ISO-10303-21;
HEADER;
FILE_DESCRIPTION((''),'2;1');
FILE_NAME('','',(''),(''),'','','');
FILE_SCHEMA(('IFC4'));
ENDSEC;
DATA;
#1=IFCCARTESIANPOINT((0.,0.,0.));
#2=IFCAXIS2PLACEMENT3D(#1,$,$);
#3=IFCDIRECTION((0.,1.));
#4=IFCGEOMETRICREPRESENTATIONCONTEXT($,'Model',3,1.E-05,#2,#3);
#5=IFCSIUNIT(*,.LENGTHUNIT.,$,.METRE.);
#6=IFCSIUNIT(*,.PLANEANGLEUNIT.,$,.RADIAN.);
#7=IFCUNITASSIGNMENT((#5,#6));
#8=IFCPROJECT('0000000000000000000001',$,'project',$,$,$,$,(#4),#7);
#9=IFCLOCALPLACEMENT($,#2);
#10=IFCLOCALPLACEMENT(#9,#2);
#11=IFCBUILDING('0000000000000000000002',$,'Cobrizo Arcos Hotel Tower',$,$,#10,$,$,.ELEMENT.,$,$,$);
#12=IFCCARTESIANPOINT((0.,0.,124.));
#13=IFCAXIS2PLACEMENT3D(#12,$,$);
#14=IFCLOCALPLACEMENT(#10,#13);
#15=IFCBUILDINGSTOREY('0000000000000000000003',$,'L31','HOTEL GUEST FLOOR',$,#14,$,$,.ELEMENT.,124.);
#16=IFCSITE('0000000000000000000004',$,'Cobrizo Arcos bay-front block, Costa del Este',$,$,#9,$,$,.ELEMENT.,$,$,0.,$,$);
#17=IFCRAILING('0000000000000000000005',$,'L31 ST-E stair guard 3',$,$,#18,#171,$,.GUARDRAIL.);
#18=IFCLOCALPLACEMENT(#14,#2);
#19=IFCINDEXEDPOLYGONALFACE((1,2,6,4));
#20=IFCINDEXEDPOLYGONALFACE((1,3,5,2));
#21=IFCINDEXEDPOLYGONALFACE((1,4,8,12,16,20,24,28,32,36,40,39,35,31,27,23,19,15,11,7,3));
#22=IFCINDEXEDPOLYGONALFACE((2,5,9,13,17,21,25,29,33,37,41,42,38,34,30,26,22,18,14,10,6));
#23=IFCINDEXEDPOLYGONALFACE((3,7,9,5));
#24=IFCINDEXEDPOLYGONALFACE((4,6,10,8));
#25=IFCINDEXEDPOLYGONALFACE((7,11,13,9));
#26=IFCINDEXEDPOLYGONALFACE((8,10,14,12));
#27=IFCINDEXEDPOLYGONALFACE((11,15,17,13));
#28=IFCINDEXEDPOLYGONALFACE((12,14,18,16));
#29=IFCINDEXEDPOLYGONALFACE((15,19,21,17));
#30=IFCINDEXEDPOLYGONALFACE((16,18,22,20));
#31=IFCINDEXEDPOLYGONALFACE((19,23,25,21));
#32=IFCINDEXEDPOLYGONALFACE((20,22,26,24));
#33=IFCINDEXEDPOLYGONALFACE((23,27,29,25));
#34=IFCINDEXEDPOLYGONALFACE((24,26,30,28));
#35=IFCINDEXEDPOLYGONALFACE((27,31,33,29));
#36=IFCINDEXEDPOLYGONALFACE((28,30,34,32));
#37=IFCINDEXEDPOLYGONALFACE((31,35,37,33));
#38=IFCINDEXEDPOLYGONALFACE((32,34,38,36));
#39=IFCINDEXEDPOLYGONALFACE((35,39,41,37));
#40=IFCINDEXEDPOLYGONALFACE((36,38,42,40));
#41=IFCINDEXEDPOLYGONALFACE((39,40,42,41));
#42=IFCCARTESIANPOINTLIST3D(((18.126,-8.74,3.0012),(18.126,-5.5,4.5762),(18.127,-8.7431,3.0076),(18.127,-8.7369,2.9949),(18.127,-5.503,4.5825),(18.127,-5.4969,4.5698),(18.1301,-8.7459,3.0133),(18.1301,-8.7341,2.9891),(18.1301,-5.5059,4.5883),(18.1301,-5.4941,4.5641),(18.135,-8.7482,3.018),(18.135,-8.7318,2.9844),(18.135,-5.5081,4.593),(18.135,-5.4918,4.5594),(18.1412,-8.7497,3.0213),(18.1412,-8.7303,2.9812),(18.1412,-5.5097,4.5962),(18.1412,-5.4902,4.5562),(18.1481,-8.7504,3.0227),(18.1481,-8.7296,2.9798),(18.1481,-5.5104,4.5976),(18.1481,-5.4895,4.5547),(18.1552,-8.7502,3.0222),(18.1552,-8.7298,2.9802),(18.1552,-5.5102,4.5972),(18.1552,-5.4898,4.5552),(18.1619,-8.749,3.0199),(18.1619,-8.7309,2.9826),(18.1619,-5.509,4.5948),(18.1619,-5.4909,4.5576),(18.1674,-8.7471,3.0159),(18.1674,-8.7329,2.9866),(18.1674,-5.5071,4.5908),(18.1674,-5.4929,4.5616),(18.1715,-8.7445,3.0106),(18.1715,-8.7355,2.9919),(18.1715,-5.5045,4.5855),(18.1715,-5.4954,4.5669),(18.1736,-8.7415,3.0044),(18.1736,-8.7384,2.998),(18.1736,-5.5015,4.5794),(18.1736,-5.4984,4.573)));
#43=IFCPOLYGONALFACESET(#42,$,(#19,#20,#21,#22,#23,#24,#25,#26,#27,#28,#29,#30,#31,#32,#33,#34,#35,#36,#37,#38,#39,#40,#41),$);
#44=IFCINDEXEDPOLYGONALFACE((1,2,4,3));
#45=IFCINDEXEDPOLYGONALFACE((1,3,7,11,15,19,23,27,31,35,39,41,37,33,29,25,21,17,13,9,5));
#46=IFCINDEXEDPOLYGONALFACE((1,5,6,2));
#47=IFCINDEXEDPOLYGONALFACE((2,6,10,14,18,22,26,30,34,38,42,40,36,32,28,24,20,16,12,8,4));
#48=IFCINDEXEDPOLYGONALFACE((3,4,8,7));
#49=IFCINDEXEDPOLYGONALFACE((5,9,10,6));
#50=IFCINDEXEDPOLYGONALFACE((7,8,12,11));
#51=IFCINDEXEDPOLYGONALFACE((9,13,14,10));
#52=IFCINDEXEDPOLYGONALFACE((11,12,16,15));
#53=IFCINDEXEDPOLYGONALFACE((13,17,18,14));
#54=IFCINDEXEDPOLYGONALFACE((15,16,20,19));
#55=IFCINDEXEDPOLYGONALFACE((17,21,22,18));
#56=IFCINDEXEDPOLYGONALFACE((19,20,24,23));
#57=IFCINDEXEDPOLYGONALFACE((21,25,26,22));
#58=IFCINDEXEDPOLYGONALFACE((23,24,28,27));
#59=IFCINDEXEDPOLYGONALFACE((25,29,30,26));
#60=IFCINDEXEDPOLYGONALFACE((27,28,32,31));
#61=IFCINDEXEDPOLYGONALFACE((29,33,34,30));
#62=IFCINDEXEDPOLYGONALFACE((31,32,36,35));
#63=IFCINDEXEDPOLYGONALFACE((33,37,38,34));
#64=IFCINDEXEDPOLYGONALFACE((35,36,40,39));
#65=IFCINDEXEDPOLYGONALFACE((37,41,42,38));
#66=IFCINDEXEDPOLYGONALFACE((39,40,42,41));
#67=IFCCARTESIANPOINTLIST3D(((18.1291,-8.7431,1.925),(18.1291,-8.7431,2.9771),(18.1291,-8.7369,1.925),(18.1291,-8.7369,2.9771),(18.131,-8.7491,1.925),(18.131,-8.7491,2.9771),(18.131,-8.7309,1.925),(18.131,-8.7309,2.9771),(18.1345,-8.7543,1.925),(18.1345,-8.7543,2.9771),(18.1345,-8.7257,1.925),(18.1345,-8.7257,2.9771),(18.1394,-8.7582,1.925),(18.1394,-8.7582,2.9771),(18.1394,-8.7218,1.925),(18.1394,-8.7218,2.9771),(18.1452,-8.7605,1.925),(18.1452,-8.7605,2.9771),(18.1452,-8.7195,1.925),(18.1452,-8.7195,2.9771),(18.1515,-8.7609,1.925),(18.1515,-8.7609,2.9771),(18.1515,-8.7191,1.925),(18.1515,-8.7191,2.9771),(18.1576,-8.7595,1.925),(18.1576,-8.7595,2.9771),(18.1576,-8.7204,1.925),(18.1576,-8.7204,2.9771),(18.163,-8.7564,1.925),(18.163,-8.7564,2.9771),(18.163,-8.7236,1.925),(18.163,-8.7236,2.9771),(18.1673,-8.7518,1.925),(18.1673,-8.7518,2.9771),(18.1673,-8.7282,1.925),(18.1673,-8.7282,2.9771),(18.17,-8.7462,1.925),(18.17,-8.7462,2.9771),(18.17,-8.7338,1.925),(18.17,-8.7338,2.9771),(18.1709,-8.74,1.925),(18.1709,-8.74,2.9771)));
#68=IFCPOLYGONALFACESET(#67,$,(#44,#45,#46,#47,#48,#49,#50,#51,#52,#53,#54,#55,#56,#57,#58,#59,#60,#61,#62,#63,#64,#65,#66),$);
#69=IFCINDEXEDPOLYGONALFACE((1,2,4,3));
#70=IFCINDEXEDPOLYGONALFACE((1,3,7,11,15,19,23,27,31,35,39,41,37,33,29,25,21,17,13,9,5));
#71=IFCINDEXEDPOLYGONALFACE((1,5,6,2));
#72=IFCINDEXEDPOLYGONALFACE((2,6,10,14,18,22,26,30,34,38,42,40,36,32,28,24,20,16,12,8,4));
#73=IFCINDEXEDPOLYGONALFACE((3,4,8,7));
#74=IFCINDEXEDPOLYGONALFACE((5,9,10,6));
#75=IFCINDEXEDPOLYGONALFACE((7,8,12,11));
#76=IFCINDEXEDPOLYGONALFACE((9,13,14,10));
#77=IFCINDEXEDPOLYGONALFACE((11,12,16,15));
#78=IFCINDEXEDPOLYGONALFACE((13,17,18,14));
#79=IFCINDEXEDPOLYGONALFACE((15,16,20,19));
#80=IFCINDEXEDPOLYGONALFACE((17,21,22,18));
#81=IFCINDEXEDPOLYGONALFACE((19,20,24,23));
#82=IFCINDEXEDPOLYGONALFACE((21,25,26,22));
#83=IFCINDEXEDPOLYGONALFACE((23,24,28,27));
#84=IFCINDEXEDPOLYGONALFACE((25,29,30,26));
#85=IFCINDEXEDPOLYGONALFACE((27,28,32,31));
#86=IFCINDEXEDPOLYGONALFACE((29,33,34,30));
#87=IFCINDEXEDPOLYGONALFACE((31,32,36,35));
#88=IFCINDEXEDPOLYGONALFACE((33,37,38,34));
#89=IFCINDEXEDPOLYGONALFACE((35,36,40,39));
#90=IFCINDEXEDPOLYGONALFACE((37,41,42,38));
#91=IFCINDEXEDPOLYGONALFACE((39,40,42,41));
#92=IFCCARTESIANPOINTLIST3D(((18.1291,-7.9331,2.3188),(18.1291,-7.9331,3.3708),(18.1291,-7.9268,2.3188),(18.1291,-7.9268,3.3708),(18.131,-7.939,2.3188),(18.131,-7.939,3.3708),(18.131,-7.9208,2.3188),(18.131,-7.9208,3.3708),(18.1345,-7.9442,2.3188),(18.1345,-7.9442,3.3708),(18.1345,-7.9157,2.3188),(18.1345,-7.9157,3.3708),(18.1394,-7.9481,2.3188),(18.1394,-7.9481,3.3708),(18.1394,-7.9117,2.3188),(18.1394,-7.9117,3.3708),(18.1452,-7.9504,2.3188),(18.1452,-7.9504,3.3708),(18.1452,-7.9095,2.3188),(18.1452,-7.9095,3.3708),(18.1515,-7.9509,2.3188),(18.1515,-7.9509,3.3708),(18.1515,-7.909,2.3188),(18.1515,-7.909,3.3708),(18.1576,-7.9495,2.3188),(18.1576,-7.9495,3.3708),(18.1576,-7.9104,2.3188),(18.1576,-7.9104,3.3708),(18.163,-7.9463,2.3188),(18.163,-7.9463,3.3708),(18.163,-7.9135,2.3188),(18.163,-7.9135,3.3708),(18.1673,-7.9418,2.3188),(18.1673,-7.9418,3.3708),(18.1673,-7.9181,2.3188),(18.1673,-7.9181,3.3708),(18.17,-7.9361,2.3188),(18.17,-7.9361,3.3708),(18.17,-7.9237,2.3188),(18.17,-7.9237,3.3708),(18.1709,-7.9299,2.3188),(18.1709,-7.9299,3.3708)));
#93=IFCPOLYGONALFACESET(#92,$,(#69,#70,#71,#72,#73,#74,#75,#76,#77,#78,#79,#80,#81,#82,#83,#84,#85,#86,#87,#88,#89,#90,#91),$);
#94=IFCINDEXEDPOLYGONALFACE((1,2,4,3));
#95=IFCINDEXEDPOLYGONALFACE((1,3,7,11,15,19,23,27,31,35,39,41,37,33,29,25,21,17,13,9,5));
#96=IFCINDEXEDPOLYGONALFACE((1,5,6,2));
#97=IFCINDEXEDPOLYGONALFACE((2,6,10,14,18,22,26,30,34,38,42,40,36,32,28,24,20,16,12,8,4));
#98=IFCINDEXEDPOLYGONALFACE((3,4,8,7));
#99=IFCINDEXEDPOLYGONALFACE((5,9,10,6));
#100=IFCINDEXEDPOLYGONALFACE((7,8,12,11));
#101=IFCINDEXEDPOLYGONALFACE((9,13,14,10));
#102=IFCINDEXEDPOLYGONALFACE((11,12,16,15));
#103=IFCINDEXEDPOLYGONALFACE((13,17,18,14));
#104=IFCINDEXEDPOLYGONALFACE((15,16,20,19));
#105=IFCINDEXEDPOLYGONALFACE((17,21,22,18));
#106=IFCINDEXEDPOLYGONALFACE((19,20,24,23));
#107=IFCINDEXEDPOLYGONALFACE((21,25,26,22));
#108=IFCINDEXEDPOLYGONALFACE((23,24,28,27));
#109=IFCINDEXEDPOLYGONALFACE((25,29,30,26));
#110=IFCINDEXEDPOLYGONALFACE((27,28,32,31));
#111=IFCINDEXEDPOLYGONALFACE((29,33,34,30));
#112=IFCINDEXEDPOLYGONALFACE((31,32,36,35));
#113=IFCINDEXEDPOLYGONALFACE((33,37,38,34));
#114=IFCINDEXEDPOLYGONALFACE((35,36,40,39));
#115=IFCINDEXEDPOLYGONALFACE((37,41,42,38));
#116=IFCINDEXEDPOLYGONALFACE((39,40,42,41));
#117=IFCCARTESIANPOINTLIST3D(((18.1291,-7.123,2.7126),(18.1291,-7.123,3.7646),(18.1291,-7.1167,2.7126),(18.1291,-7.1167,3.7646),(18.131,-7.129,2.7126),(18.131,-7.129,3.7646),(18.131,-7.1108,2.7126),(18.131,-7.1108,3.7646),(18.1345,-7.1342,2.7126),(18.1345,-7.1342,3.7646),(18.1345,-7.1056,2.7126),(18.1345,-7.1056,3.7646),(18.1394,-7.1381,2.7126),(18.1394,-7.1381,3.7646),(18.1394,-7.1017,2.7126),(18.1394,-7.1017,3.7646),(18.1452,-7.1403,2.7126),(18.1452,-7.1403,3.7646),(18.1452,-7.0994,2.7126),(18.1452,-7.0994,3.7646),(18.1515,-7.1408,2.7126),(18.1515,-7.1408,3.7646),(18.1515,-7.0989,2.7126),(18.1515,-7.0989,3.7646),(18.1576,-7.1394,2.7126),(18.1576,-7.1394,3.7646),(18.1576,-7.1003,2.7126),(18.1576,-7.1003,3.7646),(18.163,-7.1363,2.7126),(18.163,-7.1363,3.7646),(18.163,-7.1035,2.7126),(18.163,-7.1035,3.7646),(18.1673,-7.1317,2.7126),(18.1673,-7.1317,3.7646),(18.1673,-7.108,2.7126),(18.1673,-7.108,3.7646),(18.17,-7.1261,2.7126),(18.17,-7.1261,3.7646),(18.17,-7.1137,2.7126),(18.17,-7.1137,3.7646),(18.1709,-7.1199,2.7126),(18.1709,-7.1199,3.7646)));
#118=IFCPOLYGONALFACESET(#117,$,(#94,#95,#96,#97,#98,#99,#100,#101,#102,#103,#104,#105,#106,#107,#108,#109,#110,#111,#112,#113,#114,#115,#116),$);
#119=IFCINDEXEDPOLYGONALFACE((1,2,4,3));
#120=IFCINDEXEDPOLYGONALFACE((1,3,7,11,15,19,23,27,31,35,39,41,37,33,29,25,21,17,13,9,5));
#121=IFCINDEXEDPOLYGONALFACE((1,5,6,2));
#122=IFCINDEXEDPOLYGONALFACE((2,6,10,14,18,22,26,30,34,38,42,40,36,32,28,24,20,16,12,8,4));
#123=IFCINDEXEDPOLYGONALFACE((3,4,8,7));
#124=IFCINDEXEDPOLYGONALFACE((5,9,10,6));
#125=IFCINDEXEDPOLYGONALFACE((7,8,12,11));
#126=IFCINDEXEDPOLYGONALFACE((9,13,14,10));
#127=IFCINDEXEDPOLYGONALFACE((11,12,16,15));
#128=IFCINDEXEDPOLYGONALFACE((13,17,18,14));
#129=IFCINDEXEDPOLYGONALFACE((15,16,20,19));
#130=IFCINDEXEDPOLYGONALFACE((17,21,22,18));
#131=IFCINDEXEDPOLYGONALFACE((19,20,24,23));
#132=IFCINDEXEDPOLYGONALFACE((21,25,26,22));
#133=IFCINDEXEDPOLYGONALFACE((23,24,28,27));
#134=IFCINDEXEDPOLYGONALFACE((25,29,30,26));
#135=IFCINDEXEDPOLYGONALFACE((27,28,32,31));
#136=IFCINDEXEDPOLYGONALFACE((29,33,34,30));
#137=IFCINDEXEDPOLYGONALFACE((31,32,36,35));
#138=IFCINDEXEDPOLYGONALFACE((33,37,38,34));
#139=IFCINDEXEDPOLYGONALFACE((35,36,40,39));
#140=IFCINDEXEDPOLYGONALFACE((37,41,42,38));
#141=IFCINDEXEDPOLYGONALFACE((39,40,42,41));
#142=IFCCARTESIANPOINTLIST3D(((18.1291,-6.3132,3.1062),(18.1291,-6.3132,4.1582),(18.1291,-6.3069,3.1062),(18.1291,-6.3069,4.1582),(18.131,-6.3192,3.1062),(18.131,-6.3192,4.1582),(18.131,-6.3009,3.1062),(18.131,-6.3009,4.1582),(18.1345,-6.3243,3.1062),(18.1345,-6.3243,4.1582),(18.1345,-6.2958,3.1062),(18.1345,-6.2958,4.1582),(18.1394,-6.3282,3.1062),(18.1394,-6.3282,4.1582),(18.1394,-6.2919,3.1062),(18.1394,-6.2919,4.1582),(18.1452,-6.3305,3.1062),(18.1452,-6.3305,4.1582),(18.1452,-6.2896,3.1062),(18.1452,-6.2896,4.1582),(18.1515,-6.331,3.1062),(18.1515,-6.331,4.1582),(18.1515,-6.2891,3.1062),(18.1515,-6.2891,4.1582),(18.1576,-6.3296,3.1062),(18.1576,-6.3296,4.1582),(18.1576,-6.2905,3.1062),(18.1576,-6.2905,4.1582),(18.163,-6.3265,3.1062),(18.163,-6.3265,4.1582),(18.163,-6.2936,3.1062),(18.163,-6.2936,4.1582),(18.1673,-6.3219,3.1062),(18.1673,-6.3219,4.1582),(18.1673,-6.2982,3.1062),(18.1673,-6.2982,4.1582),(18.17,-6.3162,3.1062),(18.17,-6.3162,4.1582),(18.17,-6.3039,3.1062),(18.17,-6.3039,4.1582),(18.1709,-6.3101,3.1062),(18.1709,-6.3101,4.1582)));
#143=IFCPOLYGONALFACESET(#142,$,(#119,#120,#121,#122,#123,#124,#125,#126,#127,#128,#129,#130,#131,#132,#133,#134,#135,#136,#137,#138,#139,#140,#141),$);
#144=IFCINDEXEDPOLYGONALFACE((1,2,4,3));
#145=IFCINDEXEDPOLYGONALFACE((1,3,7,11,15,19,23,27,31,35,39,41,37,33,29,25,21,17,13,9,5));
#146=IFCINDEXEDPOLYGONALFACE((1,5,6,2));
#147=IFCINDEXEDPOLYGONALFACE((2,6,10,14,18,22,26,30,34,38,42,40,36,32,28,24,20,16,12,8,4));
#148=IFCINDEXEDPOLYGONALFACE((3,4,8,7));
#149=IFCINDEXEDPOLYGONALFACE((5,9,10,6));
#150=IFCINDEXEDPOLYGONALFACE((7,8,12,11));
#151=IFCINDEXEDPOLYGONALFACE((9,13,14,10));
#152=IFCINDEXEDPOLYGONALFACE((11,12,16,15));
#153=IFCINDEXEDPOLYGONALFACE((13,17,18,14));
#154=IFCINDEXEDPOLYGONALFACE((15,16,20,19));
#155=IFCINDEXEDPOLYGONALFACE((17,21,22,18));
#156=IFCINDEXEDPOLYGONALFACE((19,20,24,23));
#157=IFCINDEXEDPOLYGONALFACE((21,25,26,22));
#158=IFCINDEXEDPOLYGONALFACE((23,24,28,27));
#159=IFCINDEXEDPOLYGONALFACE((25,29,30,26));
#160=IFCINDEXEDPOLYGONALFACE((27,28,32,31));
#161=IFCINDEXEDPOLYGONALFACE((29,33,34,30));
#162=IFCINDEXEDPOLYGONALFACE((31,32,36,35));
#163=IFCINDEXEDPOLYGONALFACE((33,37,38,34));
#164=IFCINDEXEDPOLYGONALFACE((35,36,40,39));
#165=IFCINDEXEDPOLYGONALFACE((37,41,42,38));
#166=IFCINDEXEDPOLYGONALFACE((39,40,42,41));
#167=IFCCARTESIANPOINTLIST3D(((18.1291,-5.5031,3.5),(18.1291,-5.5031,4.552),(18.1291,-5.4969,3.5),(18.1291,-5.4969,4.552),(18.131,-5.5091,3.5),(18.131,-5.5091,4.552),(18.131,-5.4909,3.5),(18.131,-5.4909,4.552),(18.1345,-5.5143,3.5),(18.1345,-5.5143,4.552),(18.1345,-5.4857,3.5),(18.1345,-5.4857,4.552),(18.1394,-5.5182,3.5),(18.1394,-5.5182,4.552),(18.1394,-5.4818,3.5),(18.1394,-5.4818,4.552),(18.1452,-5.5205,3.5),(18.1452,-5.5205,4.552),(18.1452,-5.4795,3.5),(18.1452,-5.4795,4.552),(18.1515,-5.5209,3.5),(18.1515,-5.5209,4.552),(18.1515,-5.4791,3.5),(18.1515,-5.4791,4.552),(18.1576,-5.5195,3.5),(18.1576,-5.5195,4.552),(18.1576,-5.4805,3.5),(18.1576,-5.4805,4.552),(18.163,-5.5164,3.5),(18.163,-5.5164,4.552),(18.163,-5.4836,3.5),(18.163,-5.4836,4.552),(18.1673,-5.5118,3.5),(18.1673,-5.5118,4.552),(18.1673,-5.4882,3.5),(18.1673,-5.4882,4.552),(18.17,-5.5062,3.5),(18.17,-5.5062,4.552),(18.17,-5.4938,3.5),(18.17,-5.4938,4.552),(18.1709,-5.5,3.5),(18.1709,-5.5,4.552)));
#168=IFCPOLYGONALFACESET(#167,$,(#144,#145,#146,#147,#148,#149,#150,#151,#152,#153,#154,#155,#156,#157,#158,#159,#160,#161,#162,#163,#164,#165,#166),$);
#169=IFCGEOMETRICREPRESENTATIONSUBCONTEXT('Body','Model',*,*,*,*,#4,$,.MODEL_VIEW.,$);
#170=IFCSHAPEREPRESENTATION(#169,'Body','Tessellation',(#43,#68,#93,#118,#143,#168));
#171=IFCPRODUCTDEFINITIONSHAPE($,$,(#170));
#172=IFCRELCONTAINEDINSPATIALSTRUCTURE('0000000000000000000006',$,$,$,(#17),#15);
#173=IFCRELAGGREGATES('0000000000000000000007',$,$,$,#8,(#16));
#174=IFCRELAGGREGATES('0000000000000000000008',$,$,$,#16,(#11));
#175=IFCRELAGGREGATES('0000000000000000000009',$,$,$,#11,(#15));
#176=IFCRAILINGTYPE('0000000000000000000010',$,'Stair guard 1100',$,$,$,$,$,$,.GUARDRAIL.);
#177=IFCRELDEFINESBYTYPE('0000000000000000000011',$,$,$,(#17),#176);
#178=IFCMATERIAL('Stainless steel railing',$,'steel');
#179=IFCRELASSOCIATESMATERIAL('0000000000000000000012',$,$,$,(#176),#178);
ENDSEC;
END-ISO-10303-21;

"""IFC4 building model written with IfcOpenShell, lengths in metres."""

from ifc_helpers import new_model, si_unit, direction, frame, origin, origin_2d, place, context, subcontext, project, spatial, circle, extrude, material, type_object, element, save


model = new_model("IFC4")

# Units and contexts
model_context = context("Model", 3, precision=1e-05, world=origin(), true_north=direction((0.0, 1.0)))
body_context = subcontext(model_context, "Body", "Model", "MODEL_VIEW")
ifc_project = project(units=[si_unit("LENGTHUNIT", "METRE"), si_unit("PLANEANGLEUNIT", "RADIAN")], contexts=[model_context])

# Site, building, storey
site_placement = place(None, origin())
site = spatial("IfcSite", under=ifc_project, at=site_placement, Name="Cobrizo Arcos bay-front block, Costa del Este", CompositionType="ELEMENT", RefElevation=0.0)
building_placement = place(site_placement, origin())
building = spatial("IfcBuilding", under=site, at=building_placement, Name="Cobrizo Arcos Hotel Tower", CompositionType="ELEMENT")
storey_placement = place(building_placement, frame((0.0, 0.0, 124.0)))
storey = spatial("IfcBuildingStorey", under=building, at=storey_placement, Name="L31", Description="HOTEL GUEST FLOOR", CompositionType="ELEMENT", Elevation=124.0)

# Railing
ifc_material_1 = material(Name="Stainless steel railing", Category="steel")
railing_type_1 = type_object("IfcRailingType", Name="Stair guard 1100", PredefinedType="GUARDRAIL", material=ifc_material_1)
railing_1_placement = place(storey_placement, frame((18.1499, -8.74, 1.925)))
element("IfcRailing", 1, at=railing_1_placement, inside=storey, type_object=railing_type_1, Name="L31 ST-E stair guard 3", PredefinedType="GUARDRAIL", context=body_context, shape_type="SweptSolid", body=[
    extrude(circle(Radius=0.0239, at=origin_2d()), frame((0.0, 0.0, 1.0762), z_axis=(0.0, 0.899373, 0.437183), x_axis=(-1.0, 0.0, 0.0)), (0.0, 0.0, 1.0), 3.6025),
    extrude(circle(Radius=0.021, at=origin_2d()), origin(), (0.0, 0.0, 1.0), 1.052),
    extrude(circle(Radius=0.021, at=origin_2d()), frame((0.0, 0.8101, 0.3938)), (0.0, 0.0, 1.0), 1.052),
    extrude(circle(Radius=0.021, at=origin_2d()), frame((0.0, 1.6201, 0.7876)), (0.0, 0.0, 1.0), 1.052),
    extrude(circle(Radius=0.021, at=origin_2d()), frame((0.0, 2.4299, 1.1812)), (0.0, 0.0, 1.0), 1.052),
    extrude(circle(Radius=0.021, at=origin_2d()), frame((0.0, 3.24, 1.575)), (0.0, 0.0, 1.0), 1.052),
])

save(model, "model.ifc")
